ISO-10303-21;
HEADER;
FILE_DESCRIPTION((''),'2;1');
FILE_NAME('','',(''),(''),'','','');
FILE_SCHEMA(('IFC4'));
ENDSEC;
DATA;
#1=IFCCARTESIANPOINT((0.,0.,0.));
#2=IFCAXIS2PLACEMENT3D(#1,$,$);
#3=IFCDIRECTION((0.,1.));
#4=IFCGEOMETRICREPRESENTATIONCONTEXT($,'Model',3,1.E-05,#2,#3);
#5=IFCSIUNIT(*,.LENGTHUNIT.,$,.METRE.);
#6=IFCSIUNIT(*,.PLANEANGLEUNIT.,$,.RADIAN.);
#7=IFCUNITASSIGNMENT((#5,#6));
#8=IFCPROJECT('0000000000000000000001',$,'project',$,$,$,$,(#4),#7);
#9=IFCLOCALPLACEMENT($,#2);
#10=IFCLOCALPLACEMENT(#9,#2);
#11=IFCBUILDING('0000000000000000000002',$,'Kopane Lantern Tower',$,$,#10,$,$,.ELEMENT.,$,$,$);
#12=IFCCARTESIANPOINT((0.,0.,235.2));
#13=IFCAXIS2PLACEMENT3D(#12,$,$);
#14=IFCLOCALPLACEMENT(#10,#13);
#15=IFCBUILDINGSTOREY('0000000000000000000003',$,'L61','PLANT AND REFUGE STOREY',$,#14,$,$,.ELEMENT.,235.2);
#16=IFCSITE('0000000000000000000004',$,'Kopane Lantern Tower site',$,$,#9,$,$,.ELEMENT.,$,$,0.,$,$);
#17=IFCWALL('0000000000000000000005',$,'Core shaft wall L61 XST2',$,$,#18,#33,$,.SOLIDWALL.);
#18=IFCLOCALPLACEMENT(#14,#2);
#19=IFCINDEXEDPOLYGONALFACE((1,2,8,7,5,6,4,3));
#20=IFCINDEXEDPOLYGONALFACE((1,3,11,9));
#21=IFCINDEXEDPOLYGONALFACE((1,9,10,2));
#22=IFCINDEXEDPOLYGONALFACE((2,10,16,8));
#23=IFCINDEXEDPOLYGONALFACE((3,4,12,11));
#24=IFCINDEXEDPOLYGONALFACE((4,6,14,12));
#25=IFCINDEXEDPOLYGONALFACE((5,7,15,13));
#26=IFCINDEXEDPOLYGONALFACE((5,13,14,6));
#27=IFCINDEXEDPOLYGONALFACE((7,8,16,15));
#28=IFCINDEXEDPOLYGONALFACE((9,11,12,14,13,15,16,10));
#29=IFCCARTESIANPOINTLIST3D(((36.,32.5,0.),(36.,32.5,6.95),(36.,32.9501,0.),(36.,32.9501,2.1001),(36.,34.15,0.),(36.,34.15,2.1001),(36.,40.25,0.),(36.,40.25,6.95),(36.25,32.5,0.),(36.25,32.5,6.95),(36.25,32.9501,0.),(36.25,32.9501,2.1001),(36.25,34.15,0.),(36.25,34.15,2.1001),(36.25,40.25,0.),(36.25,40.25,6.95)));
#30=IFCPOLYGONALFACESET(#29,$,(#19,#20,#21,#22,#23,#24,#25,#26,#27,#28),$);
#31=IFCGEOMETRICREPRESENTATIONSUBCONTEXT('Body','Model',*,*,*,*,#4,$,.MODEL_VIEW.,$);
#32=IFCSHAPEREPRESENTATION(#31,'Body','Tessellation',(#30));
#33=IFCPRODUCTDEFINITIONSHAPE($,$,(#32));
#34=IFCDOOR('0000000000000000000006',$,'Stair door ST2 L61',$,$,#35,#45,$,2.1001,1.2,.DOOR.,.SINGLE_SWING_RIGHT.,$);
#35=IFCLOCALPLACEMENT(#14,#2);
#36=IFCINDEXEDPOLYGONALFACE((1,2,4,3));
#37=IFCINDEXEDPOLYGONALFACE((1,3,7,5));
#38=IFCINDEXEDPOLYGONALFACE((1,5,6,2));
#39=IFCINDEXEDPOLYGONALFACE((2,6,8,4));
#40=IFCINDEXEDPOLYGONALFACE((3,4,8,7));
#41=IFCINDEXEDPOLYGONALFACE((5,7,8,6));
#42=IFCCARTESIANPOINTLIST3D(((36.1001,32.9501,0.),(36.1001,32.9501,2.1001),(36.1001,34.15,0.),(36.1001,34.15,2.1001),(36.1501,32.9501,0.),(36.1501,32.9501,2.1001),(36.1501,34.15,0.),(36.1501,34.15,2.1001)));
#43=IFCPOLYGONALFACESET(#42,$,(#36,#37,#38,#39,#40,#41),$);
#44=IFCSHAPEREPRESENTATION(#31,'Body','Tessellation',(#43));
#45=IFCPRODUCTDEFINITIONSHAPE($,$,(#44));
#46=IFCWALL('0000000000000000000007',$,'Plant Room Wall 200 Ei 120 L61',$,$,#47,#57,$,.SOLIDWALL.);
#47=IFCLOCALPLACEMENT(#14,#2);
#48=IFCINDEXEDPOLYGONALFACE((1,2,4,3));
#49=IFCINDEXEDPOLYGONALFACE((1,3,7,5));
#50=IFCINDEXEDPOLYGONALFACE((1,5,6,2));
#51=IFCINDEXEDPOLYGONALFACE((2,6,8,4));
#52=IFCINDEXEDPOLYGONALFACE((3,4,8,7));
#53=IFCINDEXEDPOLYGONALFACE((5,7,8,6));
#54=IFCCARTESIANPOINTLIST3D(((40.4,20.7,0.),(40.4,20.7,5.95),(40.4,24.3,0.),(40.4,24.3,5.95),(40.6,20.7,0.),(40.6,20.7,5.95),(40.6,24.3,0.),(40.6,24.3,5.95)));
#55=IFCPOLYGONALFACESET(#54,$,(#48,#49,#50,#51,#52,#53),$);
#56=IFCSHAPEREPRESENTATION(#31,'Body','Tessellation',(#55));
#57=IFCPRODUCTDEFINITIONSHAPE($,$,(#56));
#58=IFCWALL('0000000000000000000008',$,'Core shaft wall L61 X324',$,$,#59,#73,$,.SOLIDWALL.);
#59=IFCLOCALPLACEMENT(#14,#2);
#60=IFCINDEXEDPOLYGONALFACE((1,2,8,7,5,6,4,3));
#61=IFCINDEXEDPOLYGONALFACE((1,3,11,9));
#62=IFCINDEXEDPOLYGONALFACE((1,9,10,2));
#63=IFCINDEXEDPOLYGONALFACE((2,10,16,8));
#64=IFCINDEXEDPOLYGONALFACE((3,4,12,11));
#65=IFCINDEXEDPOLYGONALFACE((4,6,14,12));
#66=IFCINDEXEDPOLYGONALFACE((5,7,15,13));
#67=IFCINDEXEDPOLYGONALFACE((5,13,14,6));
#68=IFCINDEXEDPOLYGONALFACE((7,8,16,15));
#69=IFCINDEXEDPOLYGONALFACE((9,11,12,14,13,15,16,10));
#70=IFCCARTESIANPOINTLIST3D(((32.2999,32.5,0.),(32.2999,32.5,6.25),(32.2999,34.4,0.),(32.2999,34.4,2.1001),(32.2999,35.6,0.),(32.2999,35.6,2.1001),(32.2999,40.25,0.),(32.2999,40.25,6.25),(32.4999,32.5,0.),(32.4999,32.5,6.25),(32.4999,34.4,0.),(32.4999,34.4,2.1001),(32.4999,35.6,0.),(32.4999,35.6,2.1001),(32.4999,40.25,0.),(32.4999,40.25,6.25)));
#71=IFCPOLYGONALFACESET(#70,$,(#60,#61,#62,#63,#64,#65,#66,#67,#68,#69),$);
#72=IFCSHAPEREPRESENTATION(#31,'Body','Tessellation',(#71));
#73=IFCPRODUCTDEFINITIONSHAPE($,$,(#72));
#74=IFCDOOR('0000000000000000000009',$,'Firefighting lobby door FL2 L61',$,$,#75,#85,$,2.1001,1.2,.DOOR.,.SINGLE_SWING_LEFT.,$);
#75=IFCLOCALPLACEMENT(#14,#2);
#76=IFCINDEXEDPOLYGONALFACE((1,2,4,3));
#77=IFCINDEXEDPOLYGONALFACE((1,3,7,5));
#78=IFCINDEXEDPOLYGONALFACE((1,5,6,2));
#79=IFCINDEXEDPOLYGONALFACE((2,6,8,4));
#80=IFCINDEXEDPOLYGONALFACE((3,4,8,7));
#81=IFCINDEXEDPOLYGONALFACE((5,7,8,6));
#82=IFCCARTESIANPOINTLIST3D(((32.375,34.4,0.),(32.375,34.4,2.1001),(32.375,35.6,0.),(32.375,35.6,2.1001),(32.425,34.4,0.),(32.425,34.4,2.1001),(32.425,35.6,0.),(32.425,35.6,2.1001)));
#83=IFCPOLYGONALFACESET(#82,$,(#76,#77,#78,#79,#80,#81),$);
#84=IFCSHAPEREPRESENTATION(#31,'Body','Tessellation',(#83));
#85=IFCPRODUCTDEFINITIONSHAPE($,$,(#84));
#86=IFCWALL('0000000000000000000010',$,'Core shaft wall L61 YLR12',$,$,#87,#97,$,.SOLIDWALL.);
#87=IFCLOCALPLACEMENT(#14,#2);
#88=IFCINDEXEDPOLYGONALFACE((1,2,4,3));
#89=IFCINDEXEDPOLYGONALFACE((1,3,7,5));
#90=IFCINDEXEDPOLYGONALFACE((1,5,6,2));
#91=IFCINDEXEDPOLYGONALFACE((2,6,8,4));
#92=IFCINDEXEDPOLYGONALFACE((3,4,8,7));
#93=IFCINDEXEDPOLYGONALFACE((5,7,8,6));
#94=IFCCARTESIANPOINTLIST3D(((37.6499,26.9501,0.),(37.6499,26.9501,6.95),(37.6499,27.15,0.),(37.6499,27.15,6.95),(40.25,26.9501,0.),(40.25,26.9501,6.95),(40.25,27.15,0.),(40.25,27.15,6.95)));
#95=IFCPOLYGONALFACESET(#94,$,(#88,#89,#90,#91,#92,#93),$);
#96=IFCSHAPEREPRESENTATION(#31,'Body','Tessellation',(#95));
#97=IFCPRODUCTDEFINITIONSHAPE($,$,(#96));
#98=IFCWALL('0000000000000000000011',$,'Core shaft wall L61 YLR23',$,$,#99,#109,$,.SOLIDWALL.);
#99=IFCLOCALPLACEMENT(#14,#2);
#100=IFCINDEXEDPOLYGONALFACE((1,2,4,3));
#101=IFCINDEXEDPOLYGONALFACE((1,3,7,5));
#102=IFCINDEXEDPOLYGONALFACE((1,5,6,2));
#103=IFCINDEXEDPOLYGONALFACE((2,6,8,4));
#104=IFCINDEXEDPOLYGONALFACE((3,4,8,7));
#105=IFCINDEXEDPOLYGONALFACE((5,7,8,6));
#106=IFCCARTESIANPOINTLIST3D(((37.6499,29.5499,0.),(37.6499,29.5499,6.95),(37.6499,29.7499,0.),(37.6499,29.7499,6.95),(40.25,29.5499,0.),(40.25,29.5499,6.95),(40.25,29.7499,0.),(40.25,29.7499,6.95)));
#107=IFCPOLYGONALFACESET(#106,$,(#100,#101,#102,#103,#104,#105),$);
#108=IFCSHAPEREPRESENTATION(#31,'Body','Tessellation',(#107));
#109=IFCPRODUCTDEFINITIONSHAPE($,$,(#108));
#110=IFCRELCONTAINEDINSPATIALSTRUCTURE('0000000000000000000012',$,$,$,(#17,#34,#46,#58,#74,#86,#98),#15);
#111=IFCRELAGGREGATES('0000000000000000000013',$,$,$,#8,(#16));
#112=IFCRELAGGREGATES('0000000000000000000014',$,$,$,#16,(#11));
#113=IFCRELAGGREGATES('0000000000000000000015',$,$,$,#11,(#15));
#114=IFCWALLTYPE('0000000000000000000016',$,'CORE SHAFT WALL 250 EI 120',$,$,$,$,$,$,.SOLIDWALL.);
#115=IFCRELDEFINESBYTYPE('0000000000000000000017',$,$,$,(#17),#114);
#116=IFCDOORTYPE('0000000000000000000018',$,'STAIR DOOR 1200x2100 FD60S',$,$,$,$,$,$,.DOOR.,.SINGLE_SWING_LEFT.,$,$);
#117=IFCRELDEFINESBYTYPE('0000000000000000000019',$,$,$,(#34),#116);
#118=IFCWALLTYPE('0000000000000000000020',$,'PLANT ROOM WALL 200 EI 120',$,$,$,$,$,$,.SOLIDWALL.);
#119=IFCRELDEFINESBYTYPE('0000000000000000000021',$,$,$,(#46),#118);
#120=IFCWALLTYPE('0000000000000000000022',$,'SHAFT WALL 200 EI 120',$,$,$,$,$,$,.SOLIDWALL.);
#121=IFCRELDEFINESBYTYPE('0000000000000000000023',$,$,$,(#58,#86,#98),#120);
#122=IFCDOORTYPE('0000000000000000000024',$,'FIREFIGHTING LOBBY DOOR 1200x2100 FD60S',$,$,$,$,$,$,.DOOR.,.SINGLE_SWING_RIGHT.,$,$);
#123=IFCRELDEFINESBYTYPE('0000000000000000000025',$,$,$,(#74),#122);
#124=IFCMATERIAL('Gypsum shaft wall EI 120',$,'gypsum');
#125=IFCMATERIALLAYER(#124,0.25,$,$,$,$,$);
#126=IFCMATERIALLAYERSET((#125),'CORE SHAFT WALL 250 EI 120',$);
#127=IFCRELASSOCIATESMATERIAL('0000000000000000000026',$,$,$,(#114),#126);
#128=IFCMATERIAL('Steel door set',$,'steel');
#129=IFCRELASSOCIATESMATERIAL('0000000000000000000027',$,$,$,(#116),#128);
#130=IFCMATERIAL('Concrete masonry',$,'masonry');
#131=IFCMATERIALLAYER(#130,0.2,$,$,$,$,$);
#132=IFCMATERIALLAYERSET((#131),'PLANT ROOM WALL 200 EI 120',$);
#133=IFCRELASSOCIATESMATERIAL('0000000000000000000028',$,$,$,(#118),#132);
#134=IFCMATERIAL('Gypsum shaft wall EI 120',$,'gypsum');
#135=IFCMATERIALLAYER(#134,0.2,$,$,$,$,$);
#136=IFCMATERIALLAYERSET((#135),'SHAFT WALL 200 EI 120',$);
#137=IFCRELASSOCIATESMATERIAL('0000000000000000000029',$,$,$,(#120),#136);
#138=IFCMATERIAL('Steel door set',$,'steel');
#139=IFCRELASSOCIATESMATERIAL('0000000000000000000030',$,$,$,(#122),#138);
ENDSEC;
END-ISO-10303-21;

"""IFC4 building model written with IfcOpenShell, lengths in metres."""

from ifc_helpers import new_model, si_unit, direction, frame, frame_2d, origin, place, context, subcontext, project, spatial, rectangle, extrude, material, layer, layer_set, type_object, element, fill, save


model = new_model("IFC4")

# Units and contexts
model_context = context("Model", 3, precision=1e-05, world=origin(), true_north=direction((0.0, 1.0)))
body_context = subcontext(model_context, "Body", "Model", "MODEL_VIEW")
ifc_project = project(units=[si_unit("LENGTHUNIT", "METRE"), si_unit("PLANEANGLEUNIT", "RADIAN")], contexts=[model_context])

# Site, building, storey
site_placement = place(None, origin())
site = spatial("IfcSite", under=ifc_project, at=site_placement, Name="Kopane Lantern Tower site", CompositionType="ELEMENT", RefElevation=0.0)
building_placement = place(site_placement, origin())
building = spatial("IfcBuilding", under=site, at=building_placement, Name="Kopane Lantern Tower", CompositionType="ELEMENT")
storey_placement = place(building_placement, frame((0.0, 0.0, 235.2)))
storey = spatial("IfcBuildingStorey", under=building, at=storey_placement, Name="L61", Description="PLANT AND REFUGE STOREY", CompositionType="ELEMENT", Elevation=235.2)

# Shared definitions
ifc_material_1 = material(Name="Gypsum shaft wall EI 120", Category="gypsum")
ifc_layer_1 = layer(ifc_material_1, 0.25)
ifc_layer_set_1 = layer_set([ifc_layer_1], Name="CORE SHAFT WALL 250 EI 120")
wall_type_1 = type_object("IfcWallType", Name="CORE SHAFT WALL 250 EI 120", PredefinedType="SOLIDWALL", material=ifc_layer_set_1)

# Wall, opening, door
wall_1_placement = place(storey_placement, frame((36.125, 32.5, 0.0), z_axis=(0.0, 0.0, 1.0), x_axis=(0.0, 1.0, 0.0)))
wall_1 = element("IfcWall", 1, at=wall_1_placement, inside=storey, type_object=wall_type_1, Name="Core shaft wall L61 XST2", PredefinedType="SOLIDWALL", context=body_context, shape_type="SweptSolid", body=[
    extrude(rectangle(XDim=7.75, YDim=0.25, at=frame_2d((3.875, 0.0))), origin(), (0.0, 0.0, 1.0), 6.95),
])
opening_1_placement = place(wall_1_placement, frame((0.45, 0.0, 0.0)))
opening_1 = element("IfcOpeningElement", 2, at=opening_1_placement, cuts=wall_1, PredefinedType="OPENING", context=body_context, shape_type="SweptSolid", body=[
    extrude(rectangle(XDim=1.2, YDim=2.1001, at=frame_2d((0.6001, 1.05))), frame((0.0, 0.135, 0.0), z_axis=(0.0, -1.0, 0.0), x_axis=(1.0, 0.0, 0.0)), (0.0, 0.0, 1.0), 0.27),
])
ifc_material_2 = material(Name="Steel door set", Category="steel")
door_type_1 = type_object("IfcDoorType", Name="STAIR DOOR 1200x2100 FD60S", OperationType="SINGLE_SWING_LEFT", PredefinedType="DOOR", material=ifc_material_2)
door_1_placement = place(opening_1_placement, origin())
door_1 = element("IfcDoor", 3, at=door_1_placement, inside=storey, type_object=door_type_1, Name="Stair door ST2 L61", OperationType="SINGLE_SWING_RIGHT", OverallHeight=2.1001, OverallWidth=1.2, PredefinedType="DOOR", context=body_context, shape_type="SweptSolid", body=[
    extrude(rectangle(XDim=1.2, YDim=2.1001, at=frame_2d((0.6001, 1.05))), frame((0.0, 0.0249, 0.0), z_axis=(0.0, -1.0, 0.0), x_axis=(1.0, 0.0, 0.0)), (0.0, 0.0, 1.0), 0.05),
])
fill(opening_1, door_1)

# Wall
ifc_material_3 = material(Name="Concrete masonry", Category="masonry")
ifc_layer_2 = layer(ifc_material_3, 0.2)
ifc_layer_set_2 = layer_set([ifc_layer_2], Name="PLANT ROOM WALL 200 EI 120")
wall_type_2 = type_object("IfcWallType", Name="PLANT ROOM WALL 200 EI 120", PredefinedType="SOLIDWALL", material=ifc_layer_set_2)
wall_2_placement = place(storey_placement, frame((40.5, 20.7, 0.0), z_axis=(0.0, 0.0, 1.0), x_axis=(0.0, 1.0, 0.0)))
element("IfcWall", 4, at=wall_2_placement, inside=storey, type_object=wall_type_2, Name="Plant Room Wall 200 Ei 120 L61", PredefinedType="SOLIDWALL", context=body_context, shape_type="SweptSolid", body=[
    extrude(rectangle(XDim=3.6001, YDim=0.2, at=frame_2d((1.8, 0.0))), origin(), (0.0, 0.0, 1.0), 5.95),
])

# Wall, opening, door
ifc_material_4 = material(Name="Gypsum shaft wall EI 120", Category="gypsum")
ifc_layer_3 = layer(ifc_material_4, 0.2)
ifc_layer_set_3 = layer_set([ifc_layer_3], Name="SHAFT WALL 200 EI 120")
wall_type_3 = type_object("IfcWallType", Name="SHAFT WALL 200 EI 120", PredefinedType="SOLIDWALL", material=ifc_layer_set_3)
wall_3_placement = place(storey_placement, frame((32.3999, 32.5, 0.0), z_axis=(0.0, 0.0, 1.0), x_axis=(0.0, 1.0, 0.0)))
wall_3 = element("IfcWall", 5, at=wall_3_placement, inside=storey, type_object=wall_type_3, Name="Core shaft wall L61 X324", PredefinedType="SOLIDWALL", context=body_context, shape_type="SweptSolid", body=[
    extrude(rectangle(XDim=7.75, YDim=0.2, at=frame_2d((3.875, 0.0))), origin(), (0.0, 0.0, 1.0), 6.25),
])
opening_2_placement = place(wall_3_placement, frame((1.8999, 0.0, 0.0)))
opening_2 = element("IfcOpeningElement", 6, at=opening_2_placement, cuts=wall_3, PredefinedType="OPENING", context=body_context, shape_type="SweptSolid", body=[
    extrude(rectangle(XDim=1.2, YDim=2.1001, at=frame_2d((0.6001, 1.05))), frame((0.0, 0.1099, 0.0), z_axis=(0.0, -1.0, 0.0), x_axis=(1.0, 0.0, 0.0)), (0.0, 0.0, 1.0), 0.22),
])
ifc_material_5 = material(Name="Steel door set", Category="steel")
door_type_2 = type_object("IfcDoorType", Name="FIREFIGHTING LOBBY DOOR 1200x2100 FD60S", OperationType="SINGLE_SWING_RIGHT", PredefinedType="DOOR", material=ifc_material_5)
door_2_placement = place(opening_2_placement, origin())
door_2 = element("IfcDoor", 7, at=door_2_placement, inside=storey, type_object=door_type_2, Name="Firefighting lobby door FL2 L61", OperationType="SINGLE_SWING_LEFT", OverallHeight=2.1001, OverallWidth=1.2, PredefinedType="DOOR", context=body_context, shape_type="SweptSolid", body=[
    extrude(rectangle(XDim=1.2, YDim=2.1001, at=frame_2d((0.6001, 1.05))), frame((0.0, 0.0249, 0.0), z_axis=(0.0, -1.0, 0.0), x_axis=(1.0, 0.0, 0.0)), (0.0, 0.0, 1.0), 0.05),
])
fill(opening_2, door_2)

# Walls
for number, where, z_axis, x_axis, name in (
    (8, (37.6499, 27.05, 0.0), (0.0, 0.0, 1.0), (1.0, 0.0, 0.0), "Core shaft wall L61 YLR12"),
    (9, (37.6499, 29.6499, 0.0), (0.0, 0.0, 1.0), (1.0, 0.0, 0.0), "Core shaft wall L61 YLR23"),
):
    element("IfcWall", number, at=place(storey_placement, frame(where, z_axis=z_axis, x_axis=x_axis)), inside=storey, type_object=wall_type_3, Name=name, PredefinedType="SOLIDWALL", context=body_context, shape_type="SweptSolid", body=[
        extrude(rectangle(XDim=2.6001, YDim=0.2, at=frame_2d((1.3, 0.0))), origin(), (0.0, 0.0, 1.0), 6.95),
    ])

save(model, "model.ifc")
